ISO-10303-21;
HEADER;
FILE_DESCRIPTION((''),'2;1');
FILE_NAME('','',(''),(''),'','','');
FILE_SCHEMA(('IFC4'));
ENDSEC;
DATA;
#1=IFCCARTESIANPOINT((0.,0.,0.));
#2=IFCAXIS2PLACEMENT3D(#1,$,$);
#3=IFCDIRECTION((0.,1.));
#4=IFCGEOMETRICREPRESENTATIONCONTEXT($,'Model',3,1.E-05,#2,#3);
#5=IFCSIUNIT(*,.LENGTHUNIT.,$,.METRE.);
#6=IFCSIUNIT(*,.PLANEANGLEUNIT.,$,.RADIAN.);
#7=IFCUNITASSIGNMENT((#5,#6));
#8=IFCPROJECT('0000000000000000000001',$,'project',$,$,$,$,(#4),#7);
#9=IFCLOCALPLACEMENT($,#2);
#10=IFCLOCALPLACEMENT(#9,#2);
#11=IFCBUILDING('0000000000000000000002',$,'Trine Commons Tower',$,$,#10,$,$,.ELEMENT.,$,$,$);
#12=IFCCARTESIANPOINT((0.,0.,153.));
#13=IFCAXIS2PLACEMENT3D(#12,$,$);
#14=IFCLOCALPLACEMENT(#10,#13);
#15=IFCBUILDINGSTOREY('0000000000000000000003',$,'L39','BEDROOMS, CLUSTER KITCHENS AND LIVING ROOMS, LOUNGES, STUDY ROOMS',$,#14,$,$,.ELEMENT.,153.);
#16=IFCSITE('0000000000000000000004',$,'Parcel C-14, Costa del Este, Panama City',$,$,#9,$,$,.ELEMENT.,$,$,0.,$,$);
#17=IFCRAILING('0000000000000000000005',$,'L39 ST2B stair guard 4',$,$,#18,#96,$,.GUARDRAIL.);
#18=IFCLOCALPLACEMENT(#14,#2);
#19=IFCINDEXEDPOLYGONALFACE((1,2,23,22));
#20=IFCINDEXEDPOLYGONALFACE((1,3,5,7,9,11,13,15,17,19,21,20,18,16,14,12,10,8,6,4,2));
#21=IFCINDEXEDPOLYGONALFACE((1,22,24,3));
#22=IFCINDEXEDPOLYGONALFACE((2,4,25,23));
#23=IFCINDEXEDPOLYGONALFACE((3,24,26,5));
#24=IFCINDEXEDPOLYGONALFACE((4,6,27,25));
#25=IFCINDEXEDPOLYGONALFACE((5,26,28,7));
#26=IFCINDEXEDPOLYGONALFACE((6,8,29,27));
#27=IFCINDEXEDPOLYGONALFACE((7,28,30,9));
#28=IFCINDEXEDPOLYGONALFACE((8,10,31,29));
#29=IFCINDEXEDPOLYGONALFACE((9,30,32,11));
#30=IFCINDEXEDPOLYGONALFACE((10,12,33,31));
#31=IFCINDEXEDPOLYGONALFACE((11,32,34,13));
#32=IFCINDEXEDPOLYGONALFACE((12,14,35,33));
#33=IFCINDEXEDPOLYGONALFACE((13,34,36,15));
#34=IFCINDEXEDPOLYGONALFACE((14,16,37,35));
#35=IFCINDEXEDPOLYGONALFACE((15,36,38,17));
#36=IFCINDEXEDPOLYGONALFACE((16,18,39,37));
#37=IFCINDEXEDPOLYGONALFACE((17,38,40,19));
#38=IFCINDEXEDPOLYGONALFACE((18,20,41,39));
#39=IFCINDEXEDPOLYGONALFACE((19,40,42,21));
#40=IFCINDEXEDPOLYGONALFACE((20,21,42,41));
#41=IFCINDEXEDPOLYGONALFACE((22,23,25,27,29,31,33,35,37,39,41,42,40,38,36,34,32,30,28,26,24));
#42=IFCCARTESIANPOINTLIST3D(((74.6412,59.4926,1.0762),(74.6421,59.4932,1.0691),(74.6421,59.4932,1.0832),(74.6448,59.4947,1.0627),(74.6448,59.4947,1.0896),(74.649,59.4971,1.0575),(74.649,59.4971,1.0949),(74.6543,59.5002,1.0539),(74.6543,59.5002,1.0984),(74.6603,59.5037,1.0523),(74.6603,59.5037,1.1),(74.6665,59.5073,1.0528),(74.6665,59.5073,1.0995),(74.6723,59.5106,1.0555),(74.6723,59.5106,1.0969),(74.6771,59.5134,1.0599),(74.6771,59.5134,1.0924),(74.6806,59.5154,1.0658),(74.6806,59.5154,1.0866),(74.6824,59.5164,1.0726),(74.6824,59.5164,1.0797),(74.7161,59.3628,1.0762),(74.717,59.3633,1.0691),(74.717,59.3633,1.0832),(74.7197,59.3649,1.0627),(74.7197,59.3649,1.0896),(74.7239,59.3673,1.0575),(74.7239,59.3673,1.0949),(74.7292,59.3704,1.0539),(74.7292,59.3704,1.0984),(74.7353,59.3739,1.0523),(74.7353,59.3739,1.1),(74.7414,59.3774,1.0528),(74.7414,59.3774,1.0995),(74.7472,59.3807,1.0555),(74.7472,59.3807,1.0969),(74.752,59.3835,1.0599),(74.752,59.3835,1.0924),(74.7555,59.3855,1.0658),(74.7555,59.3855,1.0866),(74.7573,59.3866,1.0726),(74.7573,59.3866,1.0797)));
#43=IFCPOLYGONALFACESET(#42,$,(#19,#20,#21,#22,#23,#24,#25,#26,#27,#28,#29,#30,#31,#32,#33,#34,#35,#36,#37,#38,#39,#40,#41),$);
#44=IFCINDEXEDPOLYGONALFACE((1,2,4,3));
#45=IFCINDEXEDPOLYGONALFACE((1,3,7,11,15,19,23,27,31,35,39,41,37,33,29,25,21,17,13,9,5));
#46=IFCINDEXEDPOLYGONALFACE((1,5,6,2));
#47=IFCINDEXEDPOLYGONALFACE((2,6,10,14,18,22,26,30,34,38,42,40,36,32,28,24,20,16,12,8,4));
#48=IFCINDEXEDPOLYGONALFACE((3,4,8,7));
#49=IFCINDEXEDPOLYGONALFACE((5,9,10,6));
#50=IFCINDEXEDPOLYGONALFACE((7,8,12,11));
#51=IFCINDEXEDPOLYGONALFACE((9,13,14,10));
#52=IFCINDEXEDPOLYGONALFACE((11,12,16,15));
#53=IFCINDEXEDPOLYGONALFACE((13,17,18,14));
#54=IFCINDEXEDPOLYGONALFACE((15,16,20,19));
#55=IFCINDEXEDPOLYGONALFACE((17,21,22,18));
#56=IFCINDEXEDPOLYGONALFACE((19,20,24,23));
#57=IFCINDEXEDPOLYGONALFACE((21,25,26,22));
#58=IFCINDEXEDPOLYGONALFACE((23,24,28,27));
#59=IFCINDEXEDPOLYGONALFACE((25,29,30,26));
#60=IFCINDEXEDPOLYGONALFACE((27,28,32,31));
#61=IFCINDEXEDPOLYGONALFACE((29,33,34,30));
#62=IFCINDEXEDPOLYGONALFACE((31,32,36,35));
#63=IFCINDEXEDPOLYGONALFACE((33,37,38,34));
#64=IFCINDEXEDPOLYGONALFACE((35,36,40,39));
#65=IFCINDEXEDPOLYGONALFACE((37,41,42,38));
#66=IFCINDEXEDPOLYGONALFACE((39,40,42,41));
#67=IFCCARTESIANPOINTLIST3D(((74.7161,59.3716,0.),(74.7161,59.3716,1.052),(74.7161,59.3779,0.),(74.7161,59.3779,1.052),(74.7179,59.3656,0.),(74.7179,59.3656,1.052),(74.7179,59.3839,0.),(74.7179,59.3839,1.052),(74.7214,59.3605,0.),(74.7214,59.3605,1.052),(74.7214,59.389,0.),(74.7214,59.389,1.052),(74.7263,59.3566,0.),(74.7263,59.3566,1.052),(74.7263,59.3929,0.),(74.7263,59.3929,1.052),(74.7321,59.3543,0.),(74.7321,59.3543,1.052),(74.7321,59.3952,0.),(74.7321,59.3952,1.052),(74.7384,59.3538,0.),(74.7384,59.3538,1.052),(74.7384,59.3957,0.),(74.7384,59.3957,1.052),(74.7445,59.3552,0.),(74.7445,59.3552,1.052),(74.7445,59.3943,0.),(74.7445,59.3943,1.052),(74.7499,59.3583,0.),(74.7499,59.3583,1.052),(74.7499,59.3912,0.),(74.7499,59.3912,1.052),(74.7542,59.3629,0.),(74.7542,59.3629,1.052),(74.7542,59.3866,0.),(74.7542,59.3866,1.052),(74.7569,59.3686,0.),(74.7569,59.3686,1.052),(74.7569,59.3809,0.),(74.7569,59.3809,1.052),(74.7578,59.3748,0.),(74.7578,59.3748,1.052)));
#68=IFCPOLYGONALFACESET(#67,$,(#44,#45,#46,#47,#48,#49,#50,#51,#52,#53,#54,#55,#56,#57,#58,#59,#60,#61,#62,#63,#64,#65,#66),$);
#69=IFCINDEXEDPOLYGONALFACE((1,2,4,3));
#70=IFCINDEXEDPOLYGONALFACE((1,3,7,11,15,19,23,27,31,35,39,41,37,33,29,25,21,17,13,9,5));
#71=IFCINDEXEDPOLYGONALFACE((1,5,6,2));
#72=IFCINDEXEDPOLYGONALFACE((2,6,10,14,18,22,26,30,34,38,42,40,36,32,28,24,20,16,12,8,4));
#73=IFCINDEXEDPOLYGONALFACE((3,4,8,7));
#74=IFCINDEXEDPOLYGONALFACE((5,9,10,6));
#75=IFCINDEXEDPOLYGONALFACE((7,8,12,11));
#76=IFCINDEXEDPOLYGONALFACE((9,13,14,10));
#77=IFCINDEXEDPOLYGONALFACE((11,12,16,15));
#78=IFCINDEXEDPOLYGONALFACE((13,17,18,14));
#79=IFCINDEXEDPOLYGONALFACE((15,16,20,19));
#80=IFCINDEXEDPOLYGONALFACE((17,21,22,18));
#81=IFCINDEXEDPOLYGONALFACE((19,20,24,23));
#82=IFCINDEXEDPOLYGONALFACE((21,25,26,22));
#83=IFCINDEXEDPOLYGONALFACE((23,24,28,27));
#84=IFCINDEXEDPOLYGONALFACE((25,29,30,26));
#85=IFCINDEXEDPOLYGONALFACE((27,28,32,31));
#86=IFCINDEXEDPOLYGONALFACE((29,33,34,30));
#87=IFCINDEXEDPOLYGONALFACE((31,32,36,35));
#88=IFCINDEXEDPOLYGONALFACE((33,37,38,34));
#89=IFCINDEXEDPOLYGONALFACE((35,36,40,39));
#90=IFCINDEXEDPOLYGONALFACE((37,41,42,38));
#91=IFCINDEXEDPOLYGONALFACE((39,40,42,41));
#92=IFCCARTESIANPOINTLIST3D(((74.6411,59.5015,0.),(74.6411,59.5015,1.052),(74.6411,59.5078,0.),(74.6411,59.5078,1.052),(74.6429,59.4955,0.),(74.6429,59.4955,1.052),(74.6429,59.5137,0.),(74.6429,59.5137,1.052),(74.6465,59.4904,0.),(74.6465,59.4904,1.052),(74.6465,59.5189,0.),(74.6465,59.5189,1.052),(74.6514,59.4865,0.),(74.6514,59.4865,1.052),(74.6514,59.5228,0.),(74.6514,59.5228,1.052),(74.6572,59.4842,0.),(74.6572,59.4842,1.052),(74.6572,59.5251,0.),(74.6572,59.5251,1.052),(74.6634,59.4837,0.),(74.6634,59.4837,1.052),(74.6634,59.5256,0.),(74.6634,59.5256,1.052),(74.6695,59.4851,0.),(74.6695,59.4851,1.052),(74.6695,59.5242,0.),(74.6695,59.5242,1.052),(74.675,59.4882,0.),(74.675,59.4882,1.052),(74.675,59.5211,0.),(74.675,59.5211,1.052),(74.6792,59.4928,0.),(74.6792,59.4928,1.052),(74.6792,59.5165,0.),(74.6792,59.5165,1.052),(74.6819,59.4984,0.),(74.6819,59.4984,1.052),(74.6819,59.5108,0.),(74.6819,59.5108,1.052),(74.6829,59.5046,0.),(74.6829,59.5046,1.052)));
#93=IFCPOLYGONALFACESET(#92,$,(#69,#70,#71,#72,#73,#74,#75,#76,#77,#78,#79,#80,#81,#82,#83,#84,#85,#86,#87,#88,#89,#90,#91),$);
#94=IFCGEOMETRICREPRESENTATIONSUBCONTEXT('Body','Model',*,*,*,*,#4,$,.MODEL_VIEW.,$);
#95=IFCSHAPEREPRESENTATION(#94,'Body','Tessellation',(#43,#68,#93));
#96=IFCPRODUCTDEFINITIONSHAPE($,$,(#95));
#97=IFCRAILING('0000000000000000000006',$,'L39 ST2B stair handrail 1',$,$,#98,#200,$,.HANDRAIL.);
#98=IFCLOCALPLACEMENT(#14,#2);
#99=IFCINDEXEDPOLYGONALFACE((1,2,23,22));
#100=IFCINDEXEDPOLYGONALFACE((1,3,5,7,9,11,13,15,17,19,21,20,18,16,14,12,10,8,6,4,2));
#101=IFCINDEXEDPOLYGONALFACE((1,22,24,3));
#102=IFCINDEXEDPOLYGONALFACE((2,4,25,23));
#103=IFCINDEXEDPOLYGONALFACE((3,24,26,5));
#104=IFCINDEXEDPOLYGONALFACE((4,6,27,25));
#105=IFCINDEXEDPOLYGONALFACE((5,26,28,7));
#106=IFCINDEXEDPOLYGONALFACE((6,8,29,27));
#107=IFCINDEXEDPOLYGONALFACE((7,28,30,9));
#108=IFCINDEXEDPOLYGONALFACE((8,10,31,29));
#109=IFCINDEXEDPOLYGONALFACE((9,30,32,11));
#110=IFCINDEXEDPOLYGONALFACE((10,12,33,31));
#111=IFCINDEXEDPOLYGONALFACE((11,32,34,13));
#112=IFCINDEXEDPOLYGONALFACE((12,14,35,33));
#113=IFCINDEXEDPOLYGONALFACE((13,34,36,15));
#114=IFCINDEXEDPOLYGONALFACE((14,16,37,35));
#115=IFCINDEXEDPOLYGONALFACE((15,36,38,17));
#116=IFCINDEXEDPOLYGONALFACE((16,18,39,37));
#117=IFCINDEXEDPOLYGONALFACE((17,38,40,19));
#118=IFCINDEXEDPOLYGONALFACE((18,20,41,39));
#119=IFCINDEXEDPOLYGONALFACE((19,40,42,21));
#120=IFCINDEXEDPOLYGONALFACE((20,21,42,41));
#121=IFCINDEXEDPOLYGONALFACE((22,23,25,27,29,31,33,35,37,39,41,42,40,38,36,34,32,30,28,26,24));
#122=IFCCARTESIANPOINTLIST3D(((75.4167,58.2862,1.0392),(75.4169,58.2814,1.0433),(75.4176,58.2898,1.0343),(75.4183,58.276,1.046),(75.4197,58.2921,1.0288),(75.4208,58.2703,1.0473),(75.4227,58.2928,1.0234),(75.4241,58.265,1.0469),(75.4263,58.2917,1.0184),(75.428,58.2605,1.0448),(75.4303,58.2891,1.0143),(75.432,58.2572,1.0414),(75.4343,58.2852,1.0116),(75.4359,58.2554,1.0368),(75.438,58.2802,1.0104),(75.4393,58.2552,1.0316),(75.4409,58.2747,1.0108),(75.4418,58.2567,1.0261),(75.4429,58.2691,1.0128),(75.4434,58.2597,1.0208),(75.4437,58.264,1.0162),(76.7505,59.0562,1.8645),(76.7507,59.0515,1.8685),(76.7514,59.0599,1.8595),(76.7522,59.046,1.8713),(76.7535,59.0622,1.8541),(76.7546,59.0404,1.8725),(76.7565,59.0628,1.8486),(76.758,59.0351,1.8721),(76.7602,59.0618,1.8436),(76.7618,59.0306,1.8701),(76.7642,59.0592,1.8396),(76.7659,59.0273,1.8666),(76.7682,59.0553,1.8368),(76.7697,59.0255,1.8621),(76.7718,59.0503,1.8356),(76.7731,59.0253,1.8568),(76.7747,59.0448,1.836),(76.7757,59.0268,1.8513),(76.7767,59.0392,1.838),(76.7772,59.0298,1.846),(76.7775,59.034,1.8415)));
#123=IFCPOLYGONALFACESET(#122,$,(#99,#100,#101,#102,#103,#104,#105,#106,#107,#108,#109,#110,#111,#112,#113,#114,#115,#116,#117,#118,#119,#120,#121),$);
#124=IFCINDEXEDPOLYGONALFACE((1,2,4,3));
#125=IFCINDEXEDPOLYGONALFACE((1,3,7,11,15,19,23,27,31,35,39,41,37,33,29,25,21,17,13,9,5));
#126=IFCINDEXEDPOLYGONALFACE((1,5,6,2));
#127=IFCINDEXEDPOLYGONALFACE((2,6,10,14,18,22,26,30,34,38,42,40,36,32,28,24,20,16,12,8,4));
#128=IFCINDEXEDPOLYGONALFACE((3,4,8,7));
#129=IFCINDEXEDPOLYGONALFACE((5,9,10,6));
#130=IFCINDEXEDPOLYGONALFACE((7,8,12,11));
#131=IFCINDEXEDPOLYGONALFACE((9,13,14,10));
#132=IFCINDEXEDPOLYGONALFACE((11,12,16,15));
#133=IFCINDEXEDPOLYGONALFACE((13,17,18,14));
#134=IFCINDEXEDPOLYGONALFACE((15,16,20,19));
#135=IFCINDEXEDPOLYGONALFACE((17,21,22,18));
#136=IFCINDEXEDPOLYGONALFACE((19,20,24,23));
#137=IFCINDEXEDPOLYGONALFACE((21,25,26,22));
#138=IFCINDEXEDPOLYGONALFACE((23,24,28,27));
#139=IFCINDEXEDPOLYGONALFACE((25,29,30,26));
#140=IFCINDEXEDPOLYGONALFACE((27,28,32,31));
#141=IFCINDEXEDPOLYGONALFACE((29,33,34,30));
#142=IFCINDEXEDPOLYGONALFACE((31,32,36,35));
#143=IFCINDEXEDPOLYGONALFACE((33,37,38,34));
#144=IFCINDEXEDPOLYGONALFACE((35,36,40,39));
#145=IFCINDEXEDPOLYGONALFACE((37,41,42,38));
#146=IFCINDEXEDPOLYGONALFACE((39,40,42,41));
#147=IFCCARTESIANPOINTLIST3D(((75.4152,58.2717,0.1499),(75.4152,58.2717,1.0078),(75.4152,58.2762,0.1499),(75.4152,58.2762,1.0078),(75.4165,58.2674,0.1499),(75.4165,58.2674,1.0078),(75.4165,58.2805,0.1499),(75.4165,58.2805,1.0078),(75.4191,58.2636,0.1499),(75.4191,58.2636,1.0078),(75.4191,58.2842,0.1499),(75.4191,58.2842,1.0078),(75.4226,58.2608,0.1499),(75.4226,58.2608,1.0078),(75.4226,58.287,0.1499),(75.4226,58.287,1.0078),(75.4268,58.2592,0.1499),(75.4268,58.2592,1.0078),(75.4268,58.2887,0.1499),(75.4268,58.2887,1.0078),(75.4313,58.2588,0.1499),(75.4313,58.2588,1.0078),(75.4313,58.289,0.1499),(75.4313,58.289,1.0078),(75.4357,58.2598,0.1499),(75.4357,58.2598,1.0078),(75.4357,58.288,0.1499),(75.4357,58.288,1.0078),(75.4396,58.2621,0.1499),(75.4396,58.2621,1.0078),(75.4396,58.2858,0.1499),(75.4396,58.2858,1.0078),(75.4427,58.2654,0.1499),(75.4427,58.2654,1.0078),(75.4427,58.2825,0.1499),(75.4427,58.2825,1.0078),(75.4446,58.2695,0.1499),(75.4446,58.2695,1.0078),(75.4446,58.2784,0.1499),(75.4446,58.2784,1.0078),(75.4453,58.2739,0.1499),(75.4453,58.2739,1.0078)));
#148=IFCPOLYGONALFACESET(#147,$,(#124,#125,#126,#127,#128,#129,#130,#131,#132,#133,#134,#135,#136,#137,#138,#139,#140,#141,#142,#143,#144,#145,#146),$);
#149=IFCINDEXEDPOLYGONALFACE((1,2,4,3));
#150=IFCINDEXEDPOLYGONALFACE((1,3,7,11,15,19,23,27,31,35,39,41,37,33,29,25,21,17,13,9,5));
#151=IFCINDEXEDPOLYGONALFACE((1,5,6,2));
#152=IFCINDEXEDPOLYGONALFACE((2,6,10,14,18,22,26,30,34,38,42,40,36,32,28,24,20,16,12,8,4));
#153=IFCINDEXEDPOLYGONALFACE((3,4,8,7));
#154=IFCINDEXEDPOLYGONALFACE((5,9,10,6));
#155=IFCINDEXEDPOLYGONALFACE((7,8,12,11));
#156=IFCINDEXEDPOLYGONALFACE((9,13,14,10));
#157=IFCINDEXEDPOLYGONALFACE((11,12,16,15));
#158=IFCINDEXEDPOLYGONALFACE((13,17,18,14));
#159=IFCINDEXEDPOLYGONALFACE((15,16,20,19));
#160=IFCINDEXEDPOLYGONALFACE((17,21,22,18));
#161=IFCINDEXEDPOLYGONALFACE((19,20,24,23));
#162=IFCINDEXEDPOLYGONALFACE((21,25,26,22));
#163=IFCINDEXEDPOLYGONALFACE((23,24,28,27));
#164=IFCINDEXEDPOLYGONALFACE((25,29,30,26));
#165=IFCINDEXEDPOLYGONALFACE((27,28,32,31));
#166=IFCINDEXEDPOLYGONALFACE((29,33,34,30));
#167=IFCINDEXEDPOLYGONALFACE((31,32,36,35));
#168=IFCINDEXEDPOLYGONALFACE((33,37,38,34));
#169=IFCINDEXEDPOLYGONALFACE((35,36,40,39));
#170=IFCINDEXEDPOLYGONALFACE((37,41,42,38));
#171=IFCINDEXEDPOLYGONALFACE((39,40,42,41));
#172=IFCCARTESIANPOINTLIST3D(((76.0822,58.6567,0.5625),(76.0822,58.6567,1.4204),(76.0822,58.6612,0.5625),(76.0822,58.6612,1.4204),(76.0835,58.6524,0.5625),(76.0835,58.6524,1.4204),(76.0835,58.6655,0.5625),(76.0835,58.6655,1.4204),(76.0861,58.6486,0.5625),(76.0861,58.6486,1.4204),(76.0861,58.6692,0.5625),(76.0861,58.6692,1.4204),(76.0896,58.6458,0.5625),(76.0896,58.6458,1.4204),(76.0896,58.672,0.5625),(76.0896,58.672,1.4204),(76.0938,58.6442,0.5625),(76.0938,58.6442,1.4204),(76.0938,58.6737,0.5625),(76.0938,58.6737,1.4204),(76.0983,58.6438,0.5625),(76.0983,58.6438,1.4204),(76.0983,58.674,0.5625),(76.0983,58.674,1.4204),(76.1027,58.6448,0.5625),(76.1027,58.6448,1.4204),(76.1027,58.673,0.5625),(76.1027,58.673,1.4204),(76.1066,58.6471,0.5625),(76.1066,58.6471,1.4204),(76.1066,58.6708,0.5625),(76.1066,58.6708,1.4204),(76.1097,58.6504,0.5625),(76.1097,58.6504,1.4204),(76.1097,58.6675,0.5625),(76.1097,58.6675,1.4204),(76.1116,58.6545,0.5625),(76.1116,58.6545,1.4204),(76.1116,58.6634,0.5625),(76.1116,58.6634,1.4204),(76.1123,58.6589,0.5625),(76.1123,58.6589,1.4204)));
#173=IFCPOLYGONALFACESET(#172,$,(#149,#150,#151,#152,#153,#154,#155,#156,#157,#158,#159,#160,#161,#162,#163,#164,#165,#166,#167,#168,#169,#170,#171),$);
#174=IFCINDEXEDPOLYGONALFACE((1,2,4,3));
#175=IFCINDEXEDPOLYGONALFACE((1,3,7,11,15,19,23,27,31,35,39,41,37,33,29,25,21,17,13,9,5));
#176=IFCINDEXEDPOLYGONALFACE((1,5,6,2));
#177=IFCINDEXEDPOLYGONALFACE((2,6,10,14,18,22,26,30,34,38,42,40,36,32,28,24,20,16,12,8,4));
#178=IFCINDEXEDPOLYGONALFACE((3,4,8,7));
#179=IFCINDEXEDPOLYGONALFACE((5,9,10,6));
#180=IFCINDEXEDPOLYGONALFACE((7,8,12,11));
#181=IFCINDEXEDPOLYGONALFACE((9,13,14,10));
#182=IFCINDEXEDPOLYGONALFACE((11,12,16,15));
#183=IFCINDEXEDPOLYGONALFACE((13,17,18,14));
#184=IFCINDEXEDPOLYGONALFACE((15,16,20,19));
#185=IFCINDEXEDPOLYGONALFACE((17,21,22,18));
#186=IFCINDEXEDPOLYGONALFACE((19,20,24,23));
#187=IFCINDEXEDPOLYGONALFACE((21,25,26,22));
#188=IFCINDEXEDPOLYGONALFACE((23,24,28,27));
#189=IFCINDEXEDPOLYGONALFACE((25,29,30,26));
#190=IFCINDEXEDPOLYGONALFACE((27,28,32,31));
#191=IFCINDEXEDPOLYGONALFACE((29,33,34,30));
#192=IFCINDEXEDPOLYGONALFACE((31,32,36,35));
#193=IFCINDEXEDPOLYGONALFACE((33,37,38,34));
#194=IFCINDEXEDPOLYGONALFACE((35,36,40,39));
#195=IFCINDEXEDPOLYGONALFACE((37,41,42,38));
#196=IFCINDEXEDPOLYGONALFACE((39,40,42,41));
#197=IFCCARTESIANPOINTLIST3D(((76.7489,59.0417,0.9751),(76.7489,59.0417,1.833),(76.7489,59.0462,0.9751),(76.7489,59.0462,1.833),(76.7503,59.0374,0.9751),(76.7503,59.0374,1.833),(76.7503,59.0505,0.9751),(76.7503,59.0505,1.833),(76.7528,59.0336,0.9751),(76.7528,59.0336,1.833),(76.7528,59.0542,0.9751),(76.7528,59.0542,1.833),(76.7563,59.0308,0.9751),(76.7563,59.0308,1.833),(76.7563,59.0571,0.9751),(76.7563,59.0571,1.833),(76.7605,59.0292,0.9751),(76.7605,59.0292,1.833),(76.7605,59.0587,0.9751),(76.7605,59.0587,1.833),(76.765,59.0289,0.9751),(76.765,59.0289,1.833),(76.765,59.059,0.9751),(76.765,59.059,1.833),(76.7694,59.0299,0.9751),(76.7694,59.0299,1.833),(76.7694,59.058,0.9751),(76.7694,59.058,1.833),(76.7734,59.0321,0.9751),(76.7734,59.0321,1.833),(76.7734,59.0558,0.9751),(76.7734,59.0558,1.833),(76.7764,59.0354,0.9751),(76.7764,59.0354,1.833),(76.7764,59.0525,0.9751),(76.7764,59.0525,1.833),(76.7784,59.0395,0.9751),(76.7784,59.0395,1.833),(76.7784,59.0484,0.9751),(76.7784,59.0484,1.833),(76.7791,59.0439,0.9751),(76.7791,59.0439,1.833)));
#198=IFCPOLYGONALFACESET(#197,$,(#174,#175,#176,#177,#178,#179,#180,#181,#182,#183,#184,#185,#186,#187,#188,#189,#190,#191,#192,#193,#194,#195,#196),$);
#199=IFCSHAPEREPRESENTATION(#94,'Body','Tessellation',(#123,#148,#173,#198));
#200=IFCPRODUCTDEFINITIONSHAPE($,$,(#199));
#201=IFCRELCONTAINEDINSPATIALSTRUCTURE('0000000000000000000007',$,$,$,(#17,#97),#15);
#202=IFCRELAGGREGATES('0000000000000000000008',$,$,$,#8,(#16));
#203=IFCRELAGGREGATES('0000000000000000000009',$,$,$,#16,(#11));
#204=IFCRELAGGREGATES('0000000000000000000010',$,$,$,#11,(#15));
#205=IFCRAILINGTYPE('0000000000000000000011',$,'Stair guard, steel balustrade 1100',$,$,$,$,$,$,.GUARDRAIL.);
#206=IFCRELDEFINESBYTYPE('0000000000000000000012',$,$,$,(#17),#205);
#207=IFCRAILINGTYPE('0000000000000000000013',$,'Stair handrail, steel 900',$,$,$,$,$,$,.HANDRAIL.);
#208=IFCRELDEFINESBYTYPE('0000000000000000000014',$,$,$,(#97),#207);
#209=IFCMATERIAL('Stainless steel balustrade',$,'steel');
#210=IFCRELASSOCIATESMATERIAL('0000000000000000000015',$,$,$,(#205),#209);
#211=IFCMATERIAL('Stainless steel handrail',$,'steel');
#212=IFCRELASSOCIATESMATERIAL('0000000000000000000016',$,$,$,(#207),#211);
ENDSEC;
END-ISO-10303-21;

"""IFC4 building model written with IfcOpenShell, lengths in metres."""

from ifc_helpers import new_model, si_unit, direction, frame, origin, origin_2d, place, context, subcontext, project, spatial, circle, extrude, material, type_object, element, save


model = new_model("IFC4")

# Units and contexts
model_context = context("Model", 3, precision=1e-05, world=origin(), true_north=direction((0.0, 1.0)))
body_context = subcontext(model_context, "Body", "Model", "MODEL_VIEW")
ifc_project = project(units=[si_unit("LENGTHUNIT", "METRE"), si_unit("PLANEANGLEUNIT", "RADIAN")], contexts=[model_context])

# Site, building, storey
site_placement = place(None, origin())
site = spatial("IfcSite", under=ifc_project, at=site_placement, Name="Parcel C-14, Costa del Este, Panama City", CompositionType="ELEMENT", RefElevation=0.0)
building_placement = place(site_placement, origin())
building = spatial("IfcBuilding", under=site, at=building_placement, Name="Trine Commons Tower", CompositionType="ELEMENT")
storey_placement = place(building_placement, frame((0.0, 0.0, 153.0)))
storey = spatial("IfcBuildingStorey", under=building, at=storey_placement, Name="L39", Description="BEDROOMS, CLUSTER KITCHENS AND LIVING ROOMS, LOUNGES, STUDY ROOMS", CompositionType="ELEMENT", Elevation=153.0)

# Railings
ifc_material_1 = material(Name="Stainless steel balustrade", Category="steel")
railing_type_1 = type_object("IfcRailingType", Name="Stair guard, steel balustrade 1100", PredefinedType="GUARDRAIL", material=ifc_material_1)
railing_1_placement = place(storey_placement, frame((74.7368, 59.3748, 0.0)))
element("IfcRailing", 1, at=railing_1_placement, inside=storey, type_object=railing_type_1, Name="L39 ST2B stair guard 4", PredefinedType="GUARDRAIL", context=body_context, shape_type="SweptSolid", body=[
    extrude(circle(Radius=0.0239, at=origin_2d()), frame((0.0, 0.0, 1.0762), z_axis=(-0.499816, 0.866131, 0.0), x_axis=(-0.866131, -0.499816, 0.0)), (0.0, 0.0, 1.0), 0.1499),
    extrude(circle(Radius=0.021, at=origin_2d()), origin(), (0.0, 0.0, 1.0), 1.052),
    extrude(circle(Radius=0.021, at=origin_2d()), frame((-0.075, 0.1299, 0.0)), (0.0, 0.0, 1.0), 1.052),
])
ifc_material_2 = material(Name="Stainless steel handrail", Category="steel")
railing_type_2 = type_object("IfcRailingType", Name="Stair handrail, steel 900", PredefinedType="HANDRAIL", material=ifc_material_2)
railing_2_placement = place(storey_placement, frame((75.4302, 58.2739, 0.1499)))
element("IfcRailing", 2, at=railing_2_placement, inside=storey, type_object=railing_type_2, Name="L39 ST2B stair handrail 1", PredefinedType="HANDRAIL", context=body_context, shape_type="SweptSolid", body=[
    extrude(circle(Radius=0.021, at=origin_2d()), frame((0.0, 0.0, 0.8789), z_axis=(0.763355, 0.440714, 0.472293), x_axis=(-0.499992, 0.86603, 0.0)), (0.0, 0.0, 1.0), 1.7473),
    extrude(circle(Radius=0.0151, at=origin_2d()), origin(), (0.0, 0.0, 1.0), 0.8579),
    extrude(circle(Radius=0.0151, at=origin_2d()), frame((0.667, 0.385, 0.4126)), (0.0, 0.0, 1.0), 0.8579),
    extrude(circle(Radius=0.0151, at=origin_2d()), frame((1.3337, 0.77, 0.8252)), (0.0, 0.0, 1.0), 0.8579),
])

save(model, "model.ifc")
